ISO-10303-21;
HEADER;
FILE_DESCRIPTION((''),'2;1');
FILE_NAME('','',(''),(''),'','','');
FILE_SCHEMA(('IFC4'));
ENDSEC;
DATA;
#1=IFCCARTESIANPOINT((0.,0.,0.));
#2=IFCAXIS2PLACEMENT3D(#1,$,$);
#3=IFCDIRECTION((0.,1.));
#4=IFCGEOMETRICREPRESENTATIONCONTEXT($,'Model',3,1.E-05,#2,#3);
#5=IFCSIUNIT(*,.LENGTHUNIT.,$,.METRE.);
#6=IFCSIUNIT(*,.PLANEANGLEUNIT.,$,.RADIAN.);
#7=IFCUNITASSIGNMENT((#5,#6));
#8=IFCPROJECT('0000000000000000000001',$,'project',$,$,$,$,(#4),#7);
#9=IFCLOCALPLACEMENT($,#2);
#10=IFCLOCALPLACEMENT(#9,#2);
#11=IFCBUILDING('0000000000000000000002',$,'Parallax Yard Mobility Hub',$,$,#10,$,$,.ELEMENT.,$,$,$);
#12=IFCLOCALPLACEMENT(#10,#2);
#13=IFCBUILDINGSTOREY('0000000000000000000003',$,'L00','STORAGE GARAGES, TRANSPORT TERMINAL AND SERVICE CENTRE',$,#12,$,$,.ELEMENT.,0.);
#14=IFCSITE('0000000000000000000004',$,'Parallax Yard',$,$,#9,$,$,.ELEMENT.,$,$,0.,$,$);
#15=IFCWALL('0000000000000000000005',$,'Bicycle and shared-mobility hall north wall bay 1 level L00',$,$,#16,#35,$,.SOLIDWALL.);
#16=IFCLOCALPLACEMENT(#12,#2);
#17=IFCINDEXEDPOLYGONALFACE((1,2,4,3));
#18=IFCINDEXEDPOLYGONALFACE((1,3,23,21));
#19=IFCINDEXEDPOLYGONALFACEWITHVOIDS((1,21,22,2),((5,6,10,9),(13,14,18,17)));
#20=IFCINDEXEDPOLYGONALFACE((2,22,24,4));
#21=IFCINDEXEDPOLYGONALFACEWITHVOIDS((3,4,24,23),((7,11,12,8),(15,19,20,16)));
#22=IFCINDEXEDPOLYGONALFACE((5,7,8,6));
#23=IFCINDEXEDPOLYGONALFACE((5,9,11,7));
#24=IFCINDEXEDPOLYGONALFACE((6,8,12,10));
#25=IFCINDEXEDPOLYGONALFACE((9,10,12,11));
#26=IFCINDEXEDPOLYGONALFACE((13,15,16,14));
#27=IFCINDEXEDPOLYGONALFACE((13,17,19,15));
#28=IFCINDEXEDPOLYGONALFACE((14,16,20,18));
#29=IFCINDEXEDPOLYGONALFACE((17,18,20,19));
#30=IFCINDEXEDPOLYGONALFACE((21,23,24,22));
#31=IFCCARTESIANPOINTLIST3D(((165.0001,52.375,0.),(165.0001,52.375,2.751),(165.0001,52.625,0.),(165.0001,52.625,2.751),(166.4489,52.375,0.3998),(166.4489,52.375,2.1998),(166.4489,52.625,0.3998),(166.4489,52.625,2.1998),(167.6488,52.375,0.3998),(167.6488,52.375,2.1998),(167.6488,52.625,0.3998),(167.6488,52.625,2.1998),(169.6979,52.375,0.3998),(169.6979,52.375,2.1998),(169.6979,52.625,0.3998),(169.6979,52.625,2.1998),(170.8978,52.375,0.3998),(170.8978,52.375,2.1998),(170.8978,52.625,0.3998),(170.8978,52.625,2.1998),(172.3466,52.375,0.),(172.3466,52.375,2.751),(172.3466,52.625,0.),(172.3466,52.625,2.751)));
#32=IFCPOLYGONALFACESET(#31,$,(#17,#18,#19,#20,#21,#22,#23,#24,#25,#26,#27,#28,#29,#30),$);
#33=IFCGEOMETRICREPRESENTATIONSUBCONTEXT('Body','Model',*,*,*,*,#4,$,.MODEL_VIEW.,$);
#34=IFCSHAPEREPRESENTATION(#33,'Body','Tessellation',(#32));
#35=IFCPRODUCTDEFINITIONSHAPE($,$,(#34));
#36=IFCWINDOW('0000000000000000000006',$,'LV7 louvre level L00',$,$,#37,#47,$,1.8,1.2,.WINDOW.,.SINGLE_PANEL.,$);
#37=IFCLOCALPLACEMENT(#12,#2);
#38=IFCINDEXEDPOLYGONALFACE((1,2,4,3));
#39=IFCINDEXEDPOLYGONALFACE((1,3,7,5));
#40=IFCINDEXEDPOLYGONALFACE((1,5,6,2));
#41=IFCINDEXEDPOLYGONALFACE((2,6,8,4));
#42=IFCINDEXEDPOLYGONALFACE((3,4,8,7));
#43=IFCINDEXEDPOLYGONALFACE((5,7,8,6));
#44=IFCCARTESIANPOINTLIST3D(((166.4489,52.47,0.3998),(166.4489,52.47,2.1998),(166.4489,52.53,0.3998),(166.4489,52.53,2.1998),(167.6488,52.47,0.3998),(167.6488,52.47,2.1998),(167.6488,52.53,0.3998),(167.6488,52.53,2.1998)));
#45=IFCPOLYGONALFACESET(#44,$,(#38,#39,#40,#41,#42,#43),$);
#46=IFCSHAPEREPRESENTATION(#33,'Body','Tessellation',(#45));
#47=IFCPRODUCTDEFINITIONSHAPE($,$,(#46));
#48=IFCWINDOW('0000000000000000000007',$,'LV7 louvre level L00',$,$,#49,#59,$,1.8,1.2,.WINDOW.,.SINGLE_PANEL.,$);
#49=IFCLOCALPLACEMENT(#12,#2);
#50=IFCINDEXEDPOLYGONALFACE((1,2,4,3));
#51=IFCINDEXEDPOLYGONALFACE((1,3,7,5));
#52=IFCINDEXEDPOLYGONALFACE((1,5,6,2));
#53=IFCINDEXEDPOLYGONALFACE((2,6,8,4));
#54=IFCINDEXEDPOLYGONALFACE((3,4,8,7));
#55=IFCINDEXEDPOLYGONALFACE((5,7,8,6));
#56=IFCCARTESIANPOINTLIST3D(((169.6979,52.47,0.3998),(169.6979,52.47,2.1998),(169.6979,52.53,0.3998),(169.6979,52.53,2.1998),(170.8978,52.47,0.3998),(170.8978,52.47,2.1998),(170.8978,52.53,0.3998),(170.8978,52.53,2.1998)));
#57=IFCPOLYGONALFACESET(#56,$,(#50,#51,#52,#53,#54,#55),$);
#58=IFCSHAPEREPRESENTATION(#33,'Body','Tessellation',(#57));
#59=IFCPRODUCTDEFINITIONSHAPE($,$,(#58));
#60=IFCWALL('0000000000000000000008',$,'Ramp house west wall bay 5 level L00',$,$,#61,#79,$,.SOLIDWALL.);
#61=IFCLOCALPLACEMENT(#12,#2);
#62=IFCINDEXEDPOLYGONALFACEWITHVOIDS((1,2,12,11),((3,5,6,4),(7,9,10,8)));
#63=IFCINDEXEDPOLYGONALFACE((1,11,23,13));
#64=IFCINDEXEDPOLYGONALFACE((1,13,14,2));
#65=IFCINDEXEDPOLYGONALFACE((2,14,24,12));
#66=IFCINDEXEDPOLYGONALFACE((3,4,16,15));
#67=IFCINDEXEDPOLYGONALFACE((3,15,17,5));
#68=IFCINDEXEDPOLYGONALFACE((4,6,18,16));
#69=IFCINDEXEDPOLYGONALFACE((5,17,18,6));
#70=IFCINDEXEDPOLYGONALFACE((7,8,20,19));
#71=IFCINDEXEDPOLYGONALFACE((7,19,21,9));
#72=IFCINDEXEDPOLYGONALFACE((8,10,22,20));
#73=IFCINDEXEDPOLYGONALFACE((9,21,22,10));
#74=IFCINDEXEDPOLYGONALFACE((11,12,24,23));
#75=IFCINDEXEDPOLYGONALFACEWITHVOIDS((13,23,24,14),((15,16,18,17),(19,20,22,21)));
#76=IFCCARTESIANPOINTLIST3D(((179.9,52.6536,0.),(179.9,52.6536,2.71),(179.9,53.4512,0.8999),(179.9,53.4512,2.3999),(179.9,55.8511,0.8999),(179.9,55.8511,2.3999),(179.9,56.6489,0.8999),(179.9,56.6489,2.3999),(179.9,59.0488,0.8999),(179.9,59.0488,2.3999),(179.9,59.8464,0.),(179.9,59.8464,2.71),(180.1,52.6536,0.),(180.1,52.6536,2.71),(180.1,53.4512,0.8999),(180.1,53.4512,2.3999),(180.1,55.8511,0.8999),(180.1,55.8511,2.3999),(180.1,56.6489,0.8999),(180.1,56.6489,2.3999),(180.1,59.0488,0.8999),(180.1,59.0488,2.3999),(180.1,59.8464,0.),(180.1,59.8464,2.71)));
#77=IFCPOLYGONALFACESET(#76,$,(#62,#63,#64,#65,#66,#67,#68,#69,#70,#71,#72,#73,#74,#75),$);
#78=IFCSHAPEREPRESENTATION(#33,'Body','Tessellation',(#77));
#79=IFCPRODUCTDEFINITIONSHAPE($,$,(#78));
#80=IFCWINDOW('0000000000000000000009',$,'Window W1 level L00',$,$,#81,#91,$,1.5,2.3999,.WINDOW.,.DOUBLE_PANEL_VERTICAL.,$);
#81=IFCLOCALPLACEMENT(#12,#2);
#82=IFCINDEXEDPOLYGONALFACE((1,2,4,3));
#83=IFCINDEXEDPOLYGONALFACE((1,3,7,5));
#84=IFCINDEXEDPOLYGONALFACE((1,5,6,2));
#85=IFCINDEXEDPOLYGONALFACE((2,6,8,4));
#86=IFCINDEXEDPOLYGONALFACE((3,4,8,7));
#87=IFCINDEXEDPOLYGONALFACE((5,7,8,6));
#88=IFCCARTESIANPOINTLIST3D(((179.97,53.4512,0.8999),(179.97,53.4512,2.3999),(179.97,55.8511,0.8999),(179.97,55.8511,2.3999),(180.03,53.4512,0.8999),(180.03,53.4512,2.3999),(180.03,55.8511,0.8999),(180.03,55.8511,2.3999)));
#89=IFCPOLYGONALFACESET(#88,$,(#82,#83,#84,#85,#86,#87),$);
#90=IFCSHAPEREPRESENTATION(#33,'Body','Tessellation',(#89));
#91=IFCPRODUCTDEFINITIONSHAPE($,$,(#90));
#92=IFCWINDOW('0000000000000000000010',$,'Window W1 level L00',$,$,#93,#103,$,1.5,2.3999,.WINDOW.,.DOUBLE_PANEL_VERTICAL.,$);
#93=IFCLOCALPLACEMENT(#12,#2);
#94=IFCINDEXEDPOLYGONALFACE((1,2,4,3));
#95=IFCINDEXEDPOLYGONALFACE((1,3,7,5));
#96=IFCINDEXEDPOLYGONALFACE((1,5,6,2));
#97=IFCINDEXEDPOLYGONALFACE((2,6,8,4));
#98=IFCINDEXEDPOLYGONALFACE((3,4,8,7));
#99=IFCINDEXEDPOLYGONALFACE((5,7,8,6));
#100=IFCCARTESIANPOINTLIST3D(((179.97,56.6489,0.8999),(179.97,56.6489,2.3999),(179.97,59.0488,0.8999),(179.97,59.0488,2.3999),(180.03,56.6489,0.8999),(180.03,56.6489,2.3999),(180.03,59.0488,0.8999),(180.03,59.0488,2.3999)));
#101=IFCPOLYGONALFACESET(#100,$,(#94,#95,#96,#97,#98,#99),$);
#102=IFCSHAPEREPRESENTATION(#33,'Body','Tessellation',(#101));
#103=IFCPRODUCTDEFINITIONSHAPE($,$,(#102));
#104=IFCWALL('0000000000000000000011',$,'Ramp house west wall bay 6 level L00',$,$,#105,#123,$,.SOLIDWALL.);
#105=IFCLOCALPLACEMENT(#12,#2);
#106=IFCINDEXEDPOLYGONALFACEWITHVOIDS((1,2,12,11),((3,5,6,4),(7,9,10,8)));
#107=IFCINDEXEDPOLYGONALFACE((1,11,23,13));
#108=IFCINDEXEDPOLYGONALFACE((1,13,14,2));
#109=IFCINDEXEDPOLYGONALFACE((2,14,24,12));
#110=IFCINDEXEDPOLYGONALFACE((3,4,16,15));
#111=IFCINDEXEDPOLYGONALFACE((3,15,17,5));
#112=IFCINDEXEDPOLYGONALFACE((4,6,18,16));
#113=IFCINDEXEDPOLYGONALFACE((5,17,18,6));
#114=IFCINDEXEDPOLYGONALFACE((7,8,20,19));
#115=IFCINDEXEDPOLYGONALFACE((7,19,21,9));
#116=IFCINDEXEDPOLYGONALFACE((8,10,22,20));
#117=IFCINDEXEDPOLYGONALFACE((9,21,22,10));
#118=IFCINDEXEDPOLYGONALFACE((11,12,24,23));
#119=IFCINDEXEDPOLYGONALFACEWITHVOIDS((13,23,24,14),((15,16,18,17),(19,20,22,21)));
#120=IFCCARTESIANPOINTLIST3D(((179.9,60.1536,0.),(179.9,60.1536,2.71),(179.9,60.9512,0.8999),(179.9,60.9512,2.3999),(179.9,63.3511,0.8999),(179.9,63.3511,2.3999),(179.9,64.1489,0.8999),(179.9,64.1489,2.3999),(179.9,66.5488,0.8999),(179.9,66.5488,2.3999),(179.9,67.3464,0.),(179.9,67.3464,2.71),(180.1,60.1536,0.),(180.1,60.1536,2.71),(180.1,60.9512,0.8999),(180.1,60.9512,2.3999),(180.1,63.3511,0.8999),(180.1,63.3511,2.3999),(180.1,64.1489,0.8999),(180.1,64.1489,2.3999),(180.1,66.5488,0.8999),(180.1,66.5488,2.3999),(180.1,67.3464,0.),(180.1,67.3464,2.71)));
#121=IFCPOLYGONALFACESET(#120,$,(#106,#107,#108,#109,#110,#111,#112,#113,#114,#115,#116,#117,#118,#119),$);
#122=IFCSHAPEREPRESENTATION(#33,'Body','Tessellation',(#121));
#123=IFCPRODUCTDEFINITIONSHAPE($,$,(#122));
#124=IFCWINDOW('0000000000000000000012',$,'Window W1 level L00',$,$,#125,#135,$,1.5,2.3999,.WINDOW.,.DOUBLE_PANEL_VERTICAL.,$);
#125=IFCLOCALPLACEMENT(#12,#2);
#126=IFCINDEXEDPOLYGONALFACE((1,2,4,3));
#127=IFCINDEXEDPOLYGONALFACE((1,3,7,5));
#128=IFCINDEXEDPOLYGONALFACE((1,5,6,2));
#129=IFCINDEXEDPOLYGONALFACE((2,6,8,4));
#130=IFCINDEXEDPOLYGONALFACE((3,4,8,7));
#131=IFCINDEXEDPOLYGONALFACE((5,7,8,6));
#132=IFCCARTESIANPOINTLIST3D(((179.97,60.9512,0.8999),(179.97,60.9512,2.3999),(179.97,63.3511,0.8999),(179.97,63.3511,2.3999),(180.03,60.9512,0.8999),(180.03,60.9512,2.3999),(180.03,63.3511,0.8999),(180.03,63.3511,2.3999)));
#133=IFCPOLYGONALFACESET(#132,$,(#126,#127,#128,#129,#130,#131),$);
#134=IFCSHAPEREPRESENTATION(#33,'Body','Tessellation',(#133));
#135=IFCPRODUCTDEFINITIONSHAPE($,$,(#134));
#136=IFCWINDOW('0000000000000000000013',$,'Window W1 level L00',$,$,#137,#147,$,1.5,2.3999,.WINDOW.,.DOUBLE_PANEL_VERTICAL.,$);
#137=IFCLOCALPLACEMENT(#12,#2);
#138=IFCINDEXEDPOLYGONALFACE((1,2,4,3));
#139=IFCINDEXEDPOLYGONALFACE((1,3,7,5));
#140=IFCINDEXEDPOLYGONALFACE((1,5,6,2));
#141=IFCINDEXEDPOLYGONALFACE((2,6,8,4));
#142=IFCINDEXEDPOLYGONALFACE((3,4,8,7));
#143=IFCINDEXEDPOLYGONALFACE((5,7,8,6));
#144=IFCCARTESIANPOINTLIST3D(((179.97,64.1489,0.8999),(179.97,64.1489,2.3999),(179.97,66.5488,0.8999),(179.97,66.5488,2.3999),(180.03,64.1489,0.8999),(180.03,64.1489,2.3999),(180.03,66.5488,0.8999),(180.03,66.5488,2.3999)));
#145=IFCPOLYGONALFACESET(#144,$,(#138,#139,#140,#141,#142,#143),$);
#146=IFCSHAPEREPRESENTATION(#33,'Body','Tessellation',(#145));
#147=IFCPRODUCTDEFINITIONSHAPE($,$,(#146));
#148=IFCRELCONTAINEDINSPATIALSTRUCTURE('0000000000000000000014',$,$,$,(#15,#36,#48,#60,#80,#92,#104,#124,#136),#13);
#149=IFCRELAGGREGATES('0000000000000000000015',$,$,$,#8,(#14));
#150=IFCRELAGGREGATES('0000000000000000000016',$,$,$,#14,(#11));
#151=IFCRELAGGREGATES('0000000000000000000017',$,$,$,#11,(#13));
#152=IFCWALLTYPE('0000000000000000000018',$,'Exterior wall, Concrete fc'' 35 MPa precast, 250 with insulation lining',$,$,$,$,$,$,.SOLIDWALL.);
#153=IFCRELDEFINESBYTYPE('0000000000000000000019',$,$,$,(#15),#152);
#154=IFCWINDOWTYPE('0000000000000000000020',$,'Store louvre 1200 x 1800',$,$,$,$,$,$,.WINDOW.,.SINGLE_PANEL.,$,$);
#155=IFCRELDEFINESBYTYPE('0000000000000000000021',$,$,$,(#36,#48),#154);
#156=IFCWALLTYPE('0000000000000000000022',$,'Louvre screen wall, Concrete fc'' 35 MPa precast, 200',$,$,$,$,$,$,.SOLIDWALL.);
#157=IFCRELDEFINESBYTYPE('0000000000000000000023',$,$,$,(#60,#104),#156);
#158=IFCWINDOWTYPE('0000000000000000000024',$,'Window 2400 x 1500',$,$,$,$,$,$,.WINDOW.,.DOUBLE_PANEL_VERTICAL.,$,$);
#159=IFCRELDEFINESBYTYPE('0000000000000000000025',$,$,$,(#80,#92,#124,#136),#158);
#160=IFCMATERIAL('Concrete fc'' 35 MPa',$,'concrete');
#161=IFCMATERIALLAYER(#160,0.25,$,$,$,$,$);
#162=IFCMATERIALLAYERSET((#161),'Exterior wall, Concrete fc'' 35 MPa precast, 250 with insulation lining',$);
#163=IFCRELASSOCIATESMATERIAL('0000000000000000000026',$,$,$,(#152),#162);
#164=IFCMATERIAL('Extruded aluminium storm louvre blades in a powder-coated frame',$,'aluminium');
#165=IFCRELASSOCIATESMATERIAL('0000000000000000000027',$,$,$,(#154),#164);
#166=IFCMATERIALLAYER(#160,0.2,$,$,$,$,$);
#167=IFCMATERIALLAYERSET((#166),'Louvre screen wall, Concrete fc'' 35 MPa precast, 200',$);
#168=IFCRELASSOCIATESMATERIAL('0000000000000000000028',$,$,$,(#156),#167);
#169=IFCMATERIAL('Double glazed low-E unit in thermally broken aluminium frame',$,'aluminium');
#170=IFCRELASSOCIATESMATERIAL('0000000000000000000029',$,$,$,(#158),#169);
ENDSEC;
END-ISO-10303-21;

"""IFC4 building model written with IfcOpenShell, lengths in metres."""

from ifc_helpers import new_model, si_unit, direction, frame, frame_2d, origin, place, context, subcontext, project, spatial, rectangle, extrude, material, layer, layer_set, type_object, element, fill, save


model = new_model("IFC4")

# Units and contexts
model_context = context("Model", 3, precision=1e-05, world=origin(), true_north=direction((0.0, 1.0)))
body_context = subcontext(model_context, "Body", "Model", "MODEL_VIEW")
ifc_project = project(units=[si_unit("LENGTHUNIT", "METRE"), si_unit("PLANEANGLEUNIT", "RADIAN")], contexts=[model_context])

# Site, building, storey
site_placement = place(None, origin())
site = spatial("IfcSite", under=ifc_project, at=site_placement, Name="Parallax Yard", CompositionType="ELEMENT", RefElevation=0.0)
building_placement = place(site_placement, origin())
building = spatial("IfcBuilding", under=site, at=building_placement, Name="Parallax Yard Mobility Hub", CompositionType="ELEMENT")
storey_placement = place(building_placement, origin())
storey = spatial("IfcBuildingStorey", under=building, at=storey_placement, Name="L00", Description="STORAGE GARAGES, TRANSPORT TERMINAL AND SERVICE CENTRE", CompositionType="ELEMENT", Elevation=0.0)

# Shared definitions
ifc_material_1 = material(Name="Concrete fc' 35 MPa", Category="concrete")

# Walls, openings, windows
ifc_layer_1 = layer(ifc_material_1, 0.25)
ifc_layer_set_1 = layer_set([ifc_layer_1], Name="Exterior wall, Concrete fc' 35 MPa precast, 250 with insulation lining")
wall_type_1 = type_object("IfcWallType", Name="Exterior wall, Concrete fc' 35 MPa precast, 250 with insulation lining", PredefinedType="SOLIDWALL", material=ifc_layer_set_1)
wall_1_placement = place(storey_placement, frame((165.0, 52.5, 0.0), z_axis=(0.0, 0.0, 1.0), x_axis=(1.0, 0.0, 0.0)))
wall_1 = element("IfcWall", 1, at=wall_1_placement, inside=storey, type_object=wall_type_1, Name="Bicycle and shared-mobility hall north wall bay 1 level L00", PredefinedType="SOLIDWALL", context=body_context, shape_type="SweptSolid", body=[
    extrude(rectangle(XDim=7.3464, YDim=0.25, at=frame_2d((3.6733, 0.0))), origin(), (0.0, 0.0, 1.0), 2.751),
])
opening_1_placement = place(wall_1_placement, frame((1.4487, 0.0, 0.3999)))
opening_1 = element("IfcOpeningElement", 2, at=opening_1_placement, cuts=wall_1, PredefinedType="OPENING", context=body_context, shape_type="SweptSolid", body=[
    extrude(rectangle(XDim=1.2, YDim=1.8, at=frame_2d((0.6001, 0.8999))), frame((0.0, 0.135, 0.0), z_axis=(0.0, -1.0, 0.0), x_axis=(1.0, 0.0, 0.0)), (0.0, 0.0, 1.0), 0.27),
])
opening_2_placement = place(wall_1_placement, frame((4.6978, 0.0, 0.3999)))
opening_2 = element("IfcOpeningElement", 3, at=opening_2_placement, cuts=wall_1, PredefinedType="OPENING", context=body_context, shape_type="SweptSolid", body=[
    extrude(rectangle(XDim=1.2, YDim=1.8, at=frame_2d((0.6001, 0.8999))), frame((0.0, 0.135, 0.0), z_axis=(0.0, -1.0, 0.0), x_axis=(1.0, 0.0, 0.0)), (0.0, 0.0, 1.0), 0.27),
])
ifc_material_2 = material(Name="Extruded aluminium storm louvre blades in a powder-coated frame", Category="aluminium")
window_type_1 = type_object("IfcWindowType", Name="Store louvre 1200 x 1800", PartitioningType="SINGLE_PANEL", PredefinedType="WINDOW", material=ifc_material_2)
window_1_placement = place(opening_1_placement, origin())
window_1 = element("IfcWindow", 4, at=window_1_placement, inside=storey, type_object=window_type_1, Name="LV7 louvre level L00", OverallHeight=1.8, OverallWidth=1.2, PartitioningType="SINGLE_PANEL", PredefinedType="WINDOW", context=body_context, shape_type="SweptSolid", body=[
    extrude(rectangle(XDim=1.2, YDim=1.8, at=frame_2d((0.6001, 0.8999))), frame((0.0, 0.03, 0.0), z_axis=(0.0, -1.0, 0.0), x_axis=(1.0, 0.0, 0.0)), (0.0, 0.0, 1.0), 0.0601),
])
fill(opening_1, window_1)
window_2_placement = place(opening_2_placement, origin())
window_2 = element("IfcWindow", 5, at=window_2_placement, inside=storey, type_object=window_type_1, Name="LV7 louvre level L00", OverallHeight=1.8, OverallWidth=1.2, PartitioningType="SINGLE_PANEL", PredefinedType="WINDOW", context=body_context, shape_type="SweptSolid", body=[
    extrude(rectangle(XDim=1.2, YDim=1.8, at=frame_2d((0.6001, 0.8999))), frame((0.0, 0.03, 0.0), z_axis=(0.0, -1.0, 0.0), x_axis=(1.0, 0.0, 0.0)), (0.0, 0.0, 1.0), 0.0601),
])
fill(opening_2, window_2)
ifc_layer_2 = layer(ifc_material_1, 0.2)
ifc_layer_set_2 = layer_set([ifc_layer_2], Name="Louvre screen wall, Concrete fc' 35 MPa precast, 200")
wall_type_2 = type_object("IfcWallType", Name="Louvre screen wall, Concrete fc' 35 MPa precast, 200", PredefinedType="SOLIDWALL", material=ifc_layer_set_2)
wall_2_placement = place(storey_placement, frame((180.0, 52.6536, 0.0), z_axis=(0.0, 0.0, 1.0), x_axis=(0.0, 1.0, 0.0)))
wall_2 = element("IfcWall", 6, at=wall_2_placement, inside=storey, type_object=wall_type_2, Name="Ramp house west wall bay 5 level L00", PredefinedType="SOLIDWALL", context=body_context, shape_type="SweptSolid", body=[
    extrude(rectangle(XDim=7.1929, YDim=0.2, at=frame_2d((3.5964, 0.0))), origin(), (0.0, 0.0, 1.0), 2.71),
])
opening_3_placement = place(wall_2_placement, frame((0.7976, 0.0, 0.8999)))
opening_3 = element("IfcOpeningElement", 7, at=opening_3_placement, cuts=wall_2, PredefinedType="OPENING", context=body_context, shape_type="SweptSolid", body=[
    extrude(rectangle(XDim=2.3999, YDim=1.5, at=frame_2d((1.2, 0.75))), frame((0.0, 0.1099, 0.0), z_axis=(0.0, -1.0, 0.0), x_axis=(1.0, 0.0, 0.0)), (0.0, 0.0, 1.0), 0.22),
])
opening_4_placement = place(wall_2_placement, frame((3.9954, 0.0, 0.8999)))
opening_4 = element("IfcOpeningElement", 8, at=opening_4_placement, cuts=wall_2, PredefinedType="OPENING", context=body_context, shape_type="SweptSolid", body=[
    extrude(rectangle(XDim=2.3999, YDim=1.5, at=frame_2d((1.2, 0.75))), frame((0.0, 0.1099, 0.0), z_axis=(0.0, -1.0, 0.0), x_axis=(1.0, 0.0, 0.0)), (0.0, 0.0, 1.0), 0.22),
])
ifc_material_3 = material(Name="Double glazed low-E unit in thermally broken aluminium frame", Category="aluminium")
window_type_2 = type_object("IfcWindowType", Name="Window 2400 x 1500", PartitioningType="DOUBLE_PANEL_VERTICAL", PredefinedType="WINDOW", material=ifc_material_3)
window_3_placement = place(opening_3_placement, origin())
window_3 = element("IfcWindow", 9, at=window_3_placement, inside=storey, type_object=window_type_2, Name="Window W1 level L00", OverallHeight=1.5, OverallWidth=2.3999, PartitioningType="DOUBLE_PANEL_VERTICAL", PredefinedType="WINDOW", context=body_context, shape_type="SweptSolid", body=[
    extrude(rectangle(XDim=2.3999, YDim=1.5, at=frame_2d((1.2, 0.75))), frame((0.0, 0.03, 0.0), z_axis=(0.0, -1.0, 0.0), x_axis=(1.0, 0.0, 0.0)), (0.0, 0.0, 1.0), 0.0601),
])
fill(opening_3, window_3)
window_4_placement = place(opening_4_placement, origin())
window_4 = element("IfcWindow", 10, at=window_4_placement, inside=storey, type_object=window_type_2, Name="Window W1 level L00", OverallHeight=1.5, OverallWidth=2.3999, PartitioningType="DOUBLE_PANEL_VERTICAL", PredefinedType="WINDOW", context=body_context, shape_type="SweptSolid", body=[
    extrude(rectangle(XDim=2.3999, YDim=1.5, at=frame_2d((1.2, 0.75))), frame((0.0, 0.03, 0.0), z_axis=(0.0, -1.0, 0.0), x_axis=(1.0, 0.0, 0.0)), (0.0, 0.0, 1.0), 0.0601),
])
fill(opening_4, window_4)
wall_3_placement = place(storey_placement, frame((180.0, 60.1536, 0.0), z_axis=(0.0, 0.0, 1.0), x_axis=(0.0, 1.0, 0.0)))
wall_3 = element("IfcWall", 11, at=wall_3_placement, inside=storey, type_object=wall_type_2, Name="Ramp house west wall bay 6 level L00", PredefinedType="SOLIDWALL", context=body_context, shape_type="SweptSolid", body=[
    extrude(rectangle(XDim=7.1929, YDim=0.2, at=frame_2d((3.5964, 0.0))), origin(), (0.0, 0.0, 1.0), 2.71),
])
opening_5_placement = place(wall_3_placement, frame((0.7976, 0.0, 0.8999)))
opening_5 = element("IfcOpeningElement", 12, at=opening_5_placement, cuts=wall_3, PredefinedType="OPENING", context=body_context, shape_type="SweptSolid", body=[
    extrude(rectangle(XDim=2.3999, YDim=1.5, at=frame_2d((1.2, 0.75))), frame((0.0, 0.1099, 0.0), z_axis=(0.0, -1.0, 0.0), x_axis=(1.0, 0.0, 0.0)), (0.0, 0.0, 1.0), 0.22),
])
opening_6_placement = place(wall_3_placement, frame((3.9954, 0.0, 0.8999)))
opening_6 = element("IfcOpeningElement", 13, at=opening_6_placement, cuts=wall_3, PredefinedType="OPENING", context=body_context, shape_type="SweptSolid", body=[
    extrude(rectangle(XDim=2.3999, YDim=1.5, at=frame_2d((1.2, 0.75))), frame((0.0, 0.1099, 0.0), z_axis=(0.0, -1.0, 0.0), x_axis=(1.0, 0.0, 0.0)), (0.0, 0.0, 1.0), 0.22),
])
window_5_placement = place(opening_5_placement, origin())
window_5 = element("IfcWindow", 14, at=window_5_placement, inside=storey, type_object=window_type_2, Name="Window W1 level L00", OverallHeight=1.5, OverallWidth=2.3999, PartitioningType="DOUBLE_PANEL_VERTICAL", PredefinedType="WINDOW", context=body_context, shape_type="SweptSolid", body=[
    extrude(rectangle(XDim=2.3999, YDim=1.5, at=frame_2d((1.2, 0.75))), frame((0.0, 0.03, 0.0), z_axis=(0.0, -1.0, 0.0), x_axis=(1.0, 0.0, 0.0)), (0.0, 0.0, 1.0), 0.0601),
])
fill(opening_5, window_5)
window_6_placement = place(opening_6_placement, origin())
window_6 = element("IfcWindow", 15, at=window_6_placement, inside=storey, type_object=window_type_2, Name="Window W1 level L00", OverallHeight=1.5, OverallWidth=2.3999, PartitioningType="DOUBLE_PANEL_VERTICAL", PredefinedType="WINDOW", context=body_context, shape_type="SweptSolid", body=[
    extrude(rectangle(XDim=2.3999, YDim=1.5, at=frame_2d((1.2, 0.75))), frame((0.0, 0.03, 0.0), z_axis=(0.0, -1.0, 0.0), x_axis=(1.0, 0.0, 0.0)), (0.0, 0.0, 1.0), 0.0601),
])
fill(opening_6, window_6)

save(model, "model.ifc")
